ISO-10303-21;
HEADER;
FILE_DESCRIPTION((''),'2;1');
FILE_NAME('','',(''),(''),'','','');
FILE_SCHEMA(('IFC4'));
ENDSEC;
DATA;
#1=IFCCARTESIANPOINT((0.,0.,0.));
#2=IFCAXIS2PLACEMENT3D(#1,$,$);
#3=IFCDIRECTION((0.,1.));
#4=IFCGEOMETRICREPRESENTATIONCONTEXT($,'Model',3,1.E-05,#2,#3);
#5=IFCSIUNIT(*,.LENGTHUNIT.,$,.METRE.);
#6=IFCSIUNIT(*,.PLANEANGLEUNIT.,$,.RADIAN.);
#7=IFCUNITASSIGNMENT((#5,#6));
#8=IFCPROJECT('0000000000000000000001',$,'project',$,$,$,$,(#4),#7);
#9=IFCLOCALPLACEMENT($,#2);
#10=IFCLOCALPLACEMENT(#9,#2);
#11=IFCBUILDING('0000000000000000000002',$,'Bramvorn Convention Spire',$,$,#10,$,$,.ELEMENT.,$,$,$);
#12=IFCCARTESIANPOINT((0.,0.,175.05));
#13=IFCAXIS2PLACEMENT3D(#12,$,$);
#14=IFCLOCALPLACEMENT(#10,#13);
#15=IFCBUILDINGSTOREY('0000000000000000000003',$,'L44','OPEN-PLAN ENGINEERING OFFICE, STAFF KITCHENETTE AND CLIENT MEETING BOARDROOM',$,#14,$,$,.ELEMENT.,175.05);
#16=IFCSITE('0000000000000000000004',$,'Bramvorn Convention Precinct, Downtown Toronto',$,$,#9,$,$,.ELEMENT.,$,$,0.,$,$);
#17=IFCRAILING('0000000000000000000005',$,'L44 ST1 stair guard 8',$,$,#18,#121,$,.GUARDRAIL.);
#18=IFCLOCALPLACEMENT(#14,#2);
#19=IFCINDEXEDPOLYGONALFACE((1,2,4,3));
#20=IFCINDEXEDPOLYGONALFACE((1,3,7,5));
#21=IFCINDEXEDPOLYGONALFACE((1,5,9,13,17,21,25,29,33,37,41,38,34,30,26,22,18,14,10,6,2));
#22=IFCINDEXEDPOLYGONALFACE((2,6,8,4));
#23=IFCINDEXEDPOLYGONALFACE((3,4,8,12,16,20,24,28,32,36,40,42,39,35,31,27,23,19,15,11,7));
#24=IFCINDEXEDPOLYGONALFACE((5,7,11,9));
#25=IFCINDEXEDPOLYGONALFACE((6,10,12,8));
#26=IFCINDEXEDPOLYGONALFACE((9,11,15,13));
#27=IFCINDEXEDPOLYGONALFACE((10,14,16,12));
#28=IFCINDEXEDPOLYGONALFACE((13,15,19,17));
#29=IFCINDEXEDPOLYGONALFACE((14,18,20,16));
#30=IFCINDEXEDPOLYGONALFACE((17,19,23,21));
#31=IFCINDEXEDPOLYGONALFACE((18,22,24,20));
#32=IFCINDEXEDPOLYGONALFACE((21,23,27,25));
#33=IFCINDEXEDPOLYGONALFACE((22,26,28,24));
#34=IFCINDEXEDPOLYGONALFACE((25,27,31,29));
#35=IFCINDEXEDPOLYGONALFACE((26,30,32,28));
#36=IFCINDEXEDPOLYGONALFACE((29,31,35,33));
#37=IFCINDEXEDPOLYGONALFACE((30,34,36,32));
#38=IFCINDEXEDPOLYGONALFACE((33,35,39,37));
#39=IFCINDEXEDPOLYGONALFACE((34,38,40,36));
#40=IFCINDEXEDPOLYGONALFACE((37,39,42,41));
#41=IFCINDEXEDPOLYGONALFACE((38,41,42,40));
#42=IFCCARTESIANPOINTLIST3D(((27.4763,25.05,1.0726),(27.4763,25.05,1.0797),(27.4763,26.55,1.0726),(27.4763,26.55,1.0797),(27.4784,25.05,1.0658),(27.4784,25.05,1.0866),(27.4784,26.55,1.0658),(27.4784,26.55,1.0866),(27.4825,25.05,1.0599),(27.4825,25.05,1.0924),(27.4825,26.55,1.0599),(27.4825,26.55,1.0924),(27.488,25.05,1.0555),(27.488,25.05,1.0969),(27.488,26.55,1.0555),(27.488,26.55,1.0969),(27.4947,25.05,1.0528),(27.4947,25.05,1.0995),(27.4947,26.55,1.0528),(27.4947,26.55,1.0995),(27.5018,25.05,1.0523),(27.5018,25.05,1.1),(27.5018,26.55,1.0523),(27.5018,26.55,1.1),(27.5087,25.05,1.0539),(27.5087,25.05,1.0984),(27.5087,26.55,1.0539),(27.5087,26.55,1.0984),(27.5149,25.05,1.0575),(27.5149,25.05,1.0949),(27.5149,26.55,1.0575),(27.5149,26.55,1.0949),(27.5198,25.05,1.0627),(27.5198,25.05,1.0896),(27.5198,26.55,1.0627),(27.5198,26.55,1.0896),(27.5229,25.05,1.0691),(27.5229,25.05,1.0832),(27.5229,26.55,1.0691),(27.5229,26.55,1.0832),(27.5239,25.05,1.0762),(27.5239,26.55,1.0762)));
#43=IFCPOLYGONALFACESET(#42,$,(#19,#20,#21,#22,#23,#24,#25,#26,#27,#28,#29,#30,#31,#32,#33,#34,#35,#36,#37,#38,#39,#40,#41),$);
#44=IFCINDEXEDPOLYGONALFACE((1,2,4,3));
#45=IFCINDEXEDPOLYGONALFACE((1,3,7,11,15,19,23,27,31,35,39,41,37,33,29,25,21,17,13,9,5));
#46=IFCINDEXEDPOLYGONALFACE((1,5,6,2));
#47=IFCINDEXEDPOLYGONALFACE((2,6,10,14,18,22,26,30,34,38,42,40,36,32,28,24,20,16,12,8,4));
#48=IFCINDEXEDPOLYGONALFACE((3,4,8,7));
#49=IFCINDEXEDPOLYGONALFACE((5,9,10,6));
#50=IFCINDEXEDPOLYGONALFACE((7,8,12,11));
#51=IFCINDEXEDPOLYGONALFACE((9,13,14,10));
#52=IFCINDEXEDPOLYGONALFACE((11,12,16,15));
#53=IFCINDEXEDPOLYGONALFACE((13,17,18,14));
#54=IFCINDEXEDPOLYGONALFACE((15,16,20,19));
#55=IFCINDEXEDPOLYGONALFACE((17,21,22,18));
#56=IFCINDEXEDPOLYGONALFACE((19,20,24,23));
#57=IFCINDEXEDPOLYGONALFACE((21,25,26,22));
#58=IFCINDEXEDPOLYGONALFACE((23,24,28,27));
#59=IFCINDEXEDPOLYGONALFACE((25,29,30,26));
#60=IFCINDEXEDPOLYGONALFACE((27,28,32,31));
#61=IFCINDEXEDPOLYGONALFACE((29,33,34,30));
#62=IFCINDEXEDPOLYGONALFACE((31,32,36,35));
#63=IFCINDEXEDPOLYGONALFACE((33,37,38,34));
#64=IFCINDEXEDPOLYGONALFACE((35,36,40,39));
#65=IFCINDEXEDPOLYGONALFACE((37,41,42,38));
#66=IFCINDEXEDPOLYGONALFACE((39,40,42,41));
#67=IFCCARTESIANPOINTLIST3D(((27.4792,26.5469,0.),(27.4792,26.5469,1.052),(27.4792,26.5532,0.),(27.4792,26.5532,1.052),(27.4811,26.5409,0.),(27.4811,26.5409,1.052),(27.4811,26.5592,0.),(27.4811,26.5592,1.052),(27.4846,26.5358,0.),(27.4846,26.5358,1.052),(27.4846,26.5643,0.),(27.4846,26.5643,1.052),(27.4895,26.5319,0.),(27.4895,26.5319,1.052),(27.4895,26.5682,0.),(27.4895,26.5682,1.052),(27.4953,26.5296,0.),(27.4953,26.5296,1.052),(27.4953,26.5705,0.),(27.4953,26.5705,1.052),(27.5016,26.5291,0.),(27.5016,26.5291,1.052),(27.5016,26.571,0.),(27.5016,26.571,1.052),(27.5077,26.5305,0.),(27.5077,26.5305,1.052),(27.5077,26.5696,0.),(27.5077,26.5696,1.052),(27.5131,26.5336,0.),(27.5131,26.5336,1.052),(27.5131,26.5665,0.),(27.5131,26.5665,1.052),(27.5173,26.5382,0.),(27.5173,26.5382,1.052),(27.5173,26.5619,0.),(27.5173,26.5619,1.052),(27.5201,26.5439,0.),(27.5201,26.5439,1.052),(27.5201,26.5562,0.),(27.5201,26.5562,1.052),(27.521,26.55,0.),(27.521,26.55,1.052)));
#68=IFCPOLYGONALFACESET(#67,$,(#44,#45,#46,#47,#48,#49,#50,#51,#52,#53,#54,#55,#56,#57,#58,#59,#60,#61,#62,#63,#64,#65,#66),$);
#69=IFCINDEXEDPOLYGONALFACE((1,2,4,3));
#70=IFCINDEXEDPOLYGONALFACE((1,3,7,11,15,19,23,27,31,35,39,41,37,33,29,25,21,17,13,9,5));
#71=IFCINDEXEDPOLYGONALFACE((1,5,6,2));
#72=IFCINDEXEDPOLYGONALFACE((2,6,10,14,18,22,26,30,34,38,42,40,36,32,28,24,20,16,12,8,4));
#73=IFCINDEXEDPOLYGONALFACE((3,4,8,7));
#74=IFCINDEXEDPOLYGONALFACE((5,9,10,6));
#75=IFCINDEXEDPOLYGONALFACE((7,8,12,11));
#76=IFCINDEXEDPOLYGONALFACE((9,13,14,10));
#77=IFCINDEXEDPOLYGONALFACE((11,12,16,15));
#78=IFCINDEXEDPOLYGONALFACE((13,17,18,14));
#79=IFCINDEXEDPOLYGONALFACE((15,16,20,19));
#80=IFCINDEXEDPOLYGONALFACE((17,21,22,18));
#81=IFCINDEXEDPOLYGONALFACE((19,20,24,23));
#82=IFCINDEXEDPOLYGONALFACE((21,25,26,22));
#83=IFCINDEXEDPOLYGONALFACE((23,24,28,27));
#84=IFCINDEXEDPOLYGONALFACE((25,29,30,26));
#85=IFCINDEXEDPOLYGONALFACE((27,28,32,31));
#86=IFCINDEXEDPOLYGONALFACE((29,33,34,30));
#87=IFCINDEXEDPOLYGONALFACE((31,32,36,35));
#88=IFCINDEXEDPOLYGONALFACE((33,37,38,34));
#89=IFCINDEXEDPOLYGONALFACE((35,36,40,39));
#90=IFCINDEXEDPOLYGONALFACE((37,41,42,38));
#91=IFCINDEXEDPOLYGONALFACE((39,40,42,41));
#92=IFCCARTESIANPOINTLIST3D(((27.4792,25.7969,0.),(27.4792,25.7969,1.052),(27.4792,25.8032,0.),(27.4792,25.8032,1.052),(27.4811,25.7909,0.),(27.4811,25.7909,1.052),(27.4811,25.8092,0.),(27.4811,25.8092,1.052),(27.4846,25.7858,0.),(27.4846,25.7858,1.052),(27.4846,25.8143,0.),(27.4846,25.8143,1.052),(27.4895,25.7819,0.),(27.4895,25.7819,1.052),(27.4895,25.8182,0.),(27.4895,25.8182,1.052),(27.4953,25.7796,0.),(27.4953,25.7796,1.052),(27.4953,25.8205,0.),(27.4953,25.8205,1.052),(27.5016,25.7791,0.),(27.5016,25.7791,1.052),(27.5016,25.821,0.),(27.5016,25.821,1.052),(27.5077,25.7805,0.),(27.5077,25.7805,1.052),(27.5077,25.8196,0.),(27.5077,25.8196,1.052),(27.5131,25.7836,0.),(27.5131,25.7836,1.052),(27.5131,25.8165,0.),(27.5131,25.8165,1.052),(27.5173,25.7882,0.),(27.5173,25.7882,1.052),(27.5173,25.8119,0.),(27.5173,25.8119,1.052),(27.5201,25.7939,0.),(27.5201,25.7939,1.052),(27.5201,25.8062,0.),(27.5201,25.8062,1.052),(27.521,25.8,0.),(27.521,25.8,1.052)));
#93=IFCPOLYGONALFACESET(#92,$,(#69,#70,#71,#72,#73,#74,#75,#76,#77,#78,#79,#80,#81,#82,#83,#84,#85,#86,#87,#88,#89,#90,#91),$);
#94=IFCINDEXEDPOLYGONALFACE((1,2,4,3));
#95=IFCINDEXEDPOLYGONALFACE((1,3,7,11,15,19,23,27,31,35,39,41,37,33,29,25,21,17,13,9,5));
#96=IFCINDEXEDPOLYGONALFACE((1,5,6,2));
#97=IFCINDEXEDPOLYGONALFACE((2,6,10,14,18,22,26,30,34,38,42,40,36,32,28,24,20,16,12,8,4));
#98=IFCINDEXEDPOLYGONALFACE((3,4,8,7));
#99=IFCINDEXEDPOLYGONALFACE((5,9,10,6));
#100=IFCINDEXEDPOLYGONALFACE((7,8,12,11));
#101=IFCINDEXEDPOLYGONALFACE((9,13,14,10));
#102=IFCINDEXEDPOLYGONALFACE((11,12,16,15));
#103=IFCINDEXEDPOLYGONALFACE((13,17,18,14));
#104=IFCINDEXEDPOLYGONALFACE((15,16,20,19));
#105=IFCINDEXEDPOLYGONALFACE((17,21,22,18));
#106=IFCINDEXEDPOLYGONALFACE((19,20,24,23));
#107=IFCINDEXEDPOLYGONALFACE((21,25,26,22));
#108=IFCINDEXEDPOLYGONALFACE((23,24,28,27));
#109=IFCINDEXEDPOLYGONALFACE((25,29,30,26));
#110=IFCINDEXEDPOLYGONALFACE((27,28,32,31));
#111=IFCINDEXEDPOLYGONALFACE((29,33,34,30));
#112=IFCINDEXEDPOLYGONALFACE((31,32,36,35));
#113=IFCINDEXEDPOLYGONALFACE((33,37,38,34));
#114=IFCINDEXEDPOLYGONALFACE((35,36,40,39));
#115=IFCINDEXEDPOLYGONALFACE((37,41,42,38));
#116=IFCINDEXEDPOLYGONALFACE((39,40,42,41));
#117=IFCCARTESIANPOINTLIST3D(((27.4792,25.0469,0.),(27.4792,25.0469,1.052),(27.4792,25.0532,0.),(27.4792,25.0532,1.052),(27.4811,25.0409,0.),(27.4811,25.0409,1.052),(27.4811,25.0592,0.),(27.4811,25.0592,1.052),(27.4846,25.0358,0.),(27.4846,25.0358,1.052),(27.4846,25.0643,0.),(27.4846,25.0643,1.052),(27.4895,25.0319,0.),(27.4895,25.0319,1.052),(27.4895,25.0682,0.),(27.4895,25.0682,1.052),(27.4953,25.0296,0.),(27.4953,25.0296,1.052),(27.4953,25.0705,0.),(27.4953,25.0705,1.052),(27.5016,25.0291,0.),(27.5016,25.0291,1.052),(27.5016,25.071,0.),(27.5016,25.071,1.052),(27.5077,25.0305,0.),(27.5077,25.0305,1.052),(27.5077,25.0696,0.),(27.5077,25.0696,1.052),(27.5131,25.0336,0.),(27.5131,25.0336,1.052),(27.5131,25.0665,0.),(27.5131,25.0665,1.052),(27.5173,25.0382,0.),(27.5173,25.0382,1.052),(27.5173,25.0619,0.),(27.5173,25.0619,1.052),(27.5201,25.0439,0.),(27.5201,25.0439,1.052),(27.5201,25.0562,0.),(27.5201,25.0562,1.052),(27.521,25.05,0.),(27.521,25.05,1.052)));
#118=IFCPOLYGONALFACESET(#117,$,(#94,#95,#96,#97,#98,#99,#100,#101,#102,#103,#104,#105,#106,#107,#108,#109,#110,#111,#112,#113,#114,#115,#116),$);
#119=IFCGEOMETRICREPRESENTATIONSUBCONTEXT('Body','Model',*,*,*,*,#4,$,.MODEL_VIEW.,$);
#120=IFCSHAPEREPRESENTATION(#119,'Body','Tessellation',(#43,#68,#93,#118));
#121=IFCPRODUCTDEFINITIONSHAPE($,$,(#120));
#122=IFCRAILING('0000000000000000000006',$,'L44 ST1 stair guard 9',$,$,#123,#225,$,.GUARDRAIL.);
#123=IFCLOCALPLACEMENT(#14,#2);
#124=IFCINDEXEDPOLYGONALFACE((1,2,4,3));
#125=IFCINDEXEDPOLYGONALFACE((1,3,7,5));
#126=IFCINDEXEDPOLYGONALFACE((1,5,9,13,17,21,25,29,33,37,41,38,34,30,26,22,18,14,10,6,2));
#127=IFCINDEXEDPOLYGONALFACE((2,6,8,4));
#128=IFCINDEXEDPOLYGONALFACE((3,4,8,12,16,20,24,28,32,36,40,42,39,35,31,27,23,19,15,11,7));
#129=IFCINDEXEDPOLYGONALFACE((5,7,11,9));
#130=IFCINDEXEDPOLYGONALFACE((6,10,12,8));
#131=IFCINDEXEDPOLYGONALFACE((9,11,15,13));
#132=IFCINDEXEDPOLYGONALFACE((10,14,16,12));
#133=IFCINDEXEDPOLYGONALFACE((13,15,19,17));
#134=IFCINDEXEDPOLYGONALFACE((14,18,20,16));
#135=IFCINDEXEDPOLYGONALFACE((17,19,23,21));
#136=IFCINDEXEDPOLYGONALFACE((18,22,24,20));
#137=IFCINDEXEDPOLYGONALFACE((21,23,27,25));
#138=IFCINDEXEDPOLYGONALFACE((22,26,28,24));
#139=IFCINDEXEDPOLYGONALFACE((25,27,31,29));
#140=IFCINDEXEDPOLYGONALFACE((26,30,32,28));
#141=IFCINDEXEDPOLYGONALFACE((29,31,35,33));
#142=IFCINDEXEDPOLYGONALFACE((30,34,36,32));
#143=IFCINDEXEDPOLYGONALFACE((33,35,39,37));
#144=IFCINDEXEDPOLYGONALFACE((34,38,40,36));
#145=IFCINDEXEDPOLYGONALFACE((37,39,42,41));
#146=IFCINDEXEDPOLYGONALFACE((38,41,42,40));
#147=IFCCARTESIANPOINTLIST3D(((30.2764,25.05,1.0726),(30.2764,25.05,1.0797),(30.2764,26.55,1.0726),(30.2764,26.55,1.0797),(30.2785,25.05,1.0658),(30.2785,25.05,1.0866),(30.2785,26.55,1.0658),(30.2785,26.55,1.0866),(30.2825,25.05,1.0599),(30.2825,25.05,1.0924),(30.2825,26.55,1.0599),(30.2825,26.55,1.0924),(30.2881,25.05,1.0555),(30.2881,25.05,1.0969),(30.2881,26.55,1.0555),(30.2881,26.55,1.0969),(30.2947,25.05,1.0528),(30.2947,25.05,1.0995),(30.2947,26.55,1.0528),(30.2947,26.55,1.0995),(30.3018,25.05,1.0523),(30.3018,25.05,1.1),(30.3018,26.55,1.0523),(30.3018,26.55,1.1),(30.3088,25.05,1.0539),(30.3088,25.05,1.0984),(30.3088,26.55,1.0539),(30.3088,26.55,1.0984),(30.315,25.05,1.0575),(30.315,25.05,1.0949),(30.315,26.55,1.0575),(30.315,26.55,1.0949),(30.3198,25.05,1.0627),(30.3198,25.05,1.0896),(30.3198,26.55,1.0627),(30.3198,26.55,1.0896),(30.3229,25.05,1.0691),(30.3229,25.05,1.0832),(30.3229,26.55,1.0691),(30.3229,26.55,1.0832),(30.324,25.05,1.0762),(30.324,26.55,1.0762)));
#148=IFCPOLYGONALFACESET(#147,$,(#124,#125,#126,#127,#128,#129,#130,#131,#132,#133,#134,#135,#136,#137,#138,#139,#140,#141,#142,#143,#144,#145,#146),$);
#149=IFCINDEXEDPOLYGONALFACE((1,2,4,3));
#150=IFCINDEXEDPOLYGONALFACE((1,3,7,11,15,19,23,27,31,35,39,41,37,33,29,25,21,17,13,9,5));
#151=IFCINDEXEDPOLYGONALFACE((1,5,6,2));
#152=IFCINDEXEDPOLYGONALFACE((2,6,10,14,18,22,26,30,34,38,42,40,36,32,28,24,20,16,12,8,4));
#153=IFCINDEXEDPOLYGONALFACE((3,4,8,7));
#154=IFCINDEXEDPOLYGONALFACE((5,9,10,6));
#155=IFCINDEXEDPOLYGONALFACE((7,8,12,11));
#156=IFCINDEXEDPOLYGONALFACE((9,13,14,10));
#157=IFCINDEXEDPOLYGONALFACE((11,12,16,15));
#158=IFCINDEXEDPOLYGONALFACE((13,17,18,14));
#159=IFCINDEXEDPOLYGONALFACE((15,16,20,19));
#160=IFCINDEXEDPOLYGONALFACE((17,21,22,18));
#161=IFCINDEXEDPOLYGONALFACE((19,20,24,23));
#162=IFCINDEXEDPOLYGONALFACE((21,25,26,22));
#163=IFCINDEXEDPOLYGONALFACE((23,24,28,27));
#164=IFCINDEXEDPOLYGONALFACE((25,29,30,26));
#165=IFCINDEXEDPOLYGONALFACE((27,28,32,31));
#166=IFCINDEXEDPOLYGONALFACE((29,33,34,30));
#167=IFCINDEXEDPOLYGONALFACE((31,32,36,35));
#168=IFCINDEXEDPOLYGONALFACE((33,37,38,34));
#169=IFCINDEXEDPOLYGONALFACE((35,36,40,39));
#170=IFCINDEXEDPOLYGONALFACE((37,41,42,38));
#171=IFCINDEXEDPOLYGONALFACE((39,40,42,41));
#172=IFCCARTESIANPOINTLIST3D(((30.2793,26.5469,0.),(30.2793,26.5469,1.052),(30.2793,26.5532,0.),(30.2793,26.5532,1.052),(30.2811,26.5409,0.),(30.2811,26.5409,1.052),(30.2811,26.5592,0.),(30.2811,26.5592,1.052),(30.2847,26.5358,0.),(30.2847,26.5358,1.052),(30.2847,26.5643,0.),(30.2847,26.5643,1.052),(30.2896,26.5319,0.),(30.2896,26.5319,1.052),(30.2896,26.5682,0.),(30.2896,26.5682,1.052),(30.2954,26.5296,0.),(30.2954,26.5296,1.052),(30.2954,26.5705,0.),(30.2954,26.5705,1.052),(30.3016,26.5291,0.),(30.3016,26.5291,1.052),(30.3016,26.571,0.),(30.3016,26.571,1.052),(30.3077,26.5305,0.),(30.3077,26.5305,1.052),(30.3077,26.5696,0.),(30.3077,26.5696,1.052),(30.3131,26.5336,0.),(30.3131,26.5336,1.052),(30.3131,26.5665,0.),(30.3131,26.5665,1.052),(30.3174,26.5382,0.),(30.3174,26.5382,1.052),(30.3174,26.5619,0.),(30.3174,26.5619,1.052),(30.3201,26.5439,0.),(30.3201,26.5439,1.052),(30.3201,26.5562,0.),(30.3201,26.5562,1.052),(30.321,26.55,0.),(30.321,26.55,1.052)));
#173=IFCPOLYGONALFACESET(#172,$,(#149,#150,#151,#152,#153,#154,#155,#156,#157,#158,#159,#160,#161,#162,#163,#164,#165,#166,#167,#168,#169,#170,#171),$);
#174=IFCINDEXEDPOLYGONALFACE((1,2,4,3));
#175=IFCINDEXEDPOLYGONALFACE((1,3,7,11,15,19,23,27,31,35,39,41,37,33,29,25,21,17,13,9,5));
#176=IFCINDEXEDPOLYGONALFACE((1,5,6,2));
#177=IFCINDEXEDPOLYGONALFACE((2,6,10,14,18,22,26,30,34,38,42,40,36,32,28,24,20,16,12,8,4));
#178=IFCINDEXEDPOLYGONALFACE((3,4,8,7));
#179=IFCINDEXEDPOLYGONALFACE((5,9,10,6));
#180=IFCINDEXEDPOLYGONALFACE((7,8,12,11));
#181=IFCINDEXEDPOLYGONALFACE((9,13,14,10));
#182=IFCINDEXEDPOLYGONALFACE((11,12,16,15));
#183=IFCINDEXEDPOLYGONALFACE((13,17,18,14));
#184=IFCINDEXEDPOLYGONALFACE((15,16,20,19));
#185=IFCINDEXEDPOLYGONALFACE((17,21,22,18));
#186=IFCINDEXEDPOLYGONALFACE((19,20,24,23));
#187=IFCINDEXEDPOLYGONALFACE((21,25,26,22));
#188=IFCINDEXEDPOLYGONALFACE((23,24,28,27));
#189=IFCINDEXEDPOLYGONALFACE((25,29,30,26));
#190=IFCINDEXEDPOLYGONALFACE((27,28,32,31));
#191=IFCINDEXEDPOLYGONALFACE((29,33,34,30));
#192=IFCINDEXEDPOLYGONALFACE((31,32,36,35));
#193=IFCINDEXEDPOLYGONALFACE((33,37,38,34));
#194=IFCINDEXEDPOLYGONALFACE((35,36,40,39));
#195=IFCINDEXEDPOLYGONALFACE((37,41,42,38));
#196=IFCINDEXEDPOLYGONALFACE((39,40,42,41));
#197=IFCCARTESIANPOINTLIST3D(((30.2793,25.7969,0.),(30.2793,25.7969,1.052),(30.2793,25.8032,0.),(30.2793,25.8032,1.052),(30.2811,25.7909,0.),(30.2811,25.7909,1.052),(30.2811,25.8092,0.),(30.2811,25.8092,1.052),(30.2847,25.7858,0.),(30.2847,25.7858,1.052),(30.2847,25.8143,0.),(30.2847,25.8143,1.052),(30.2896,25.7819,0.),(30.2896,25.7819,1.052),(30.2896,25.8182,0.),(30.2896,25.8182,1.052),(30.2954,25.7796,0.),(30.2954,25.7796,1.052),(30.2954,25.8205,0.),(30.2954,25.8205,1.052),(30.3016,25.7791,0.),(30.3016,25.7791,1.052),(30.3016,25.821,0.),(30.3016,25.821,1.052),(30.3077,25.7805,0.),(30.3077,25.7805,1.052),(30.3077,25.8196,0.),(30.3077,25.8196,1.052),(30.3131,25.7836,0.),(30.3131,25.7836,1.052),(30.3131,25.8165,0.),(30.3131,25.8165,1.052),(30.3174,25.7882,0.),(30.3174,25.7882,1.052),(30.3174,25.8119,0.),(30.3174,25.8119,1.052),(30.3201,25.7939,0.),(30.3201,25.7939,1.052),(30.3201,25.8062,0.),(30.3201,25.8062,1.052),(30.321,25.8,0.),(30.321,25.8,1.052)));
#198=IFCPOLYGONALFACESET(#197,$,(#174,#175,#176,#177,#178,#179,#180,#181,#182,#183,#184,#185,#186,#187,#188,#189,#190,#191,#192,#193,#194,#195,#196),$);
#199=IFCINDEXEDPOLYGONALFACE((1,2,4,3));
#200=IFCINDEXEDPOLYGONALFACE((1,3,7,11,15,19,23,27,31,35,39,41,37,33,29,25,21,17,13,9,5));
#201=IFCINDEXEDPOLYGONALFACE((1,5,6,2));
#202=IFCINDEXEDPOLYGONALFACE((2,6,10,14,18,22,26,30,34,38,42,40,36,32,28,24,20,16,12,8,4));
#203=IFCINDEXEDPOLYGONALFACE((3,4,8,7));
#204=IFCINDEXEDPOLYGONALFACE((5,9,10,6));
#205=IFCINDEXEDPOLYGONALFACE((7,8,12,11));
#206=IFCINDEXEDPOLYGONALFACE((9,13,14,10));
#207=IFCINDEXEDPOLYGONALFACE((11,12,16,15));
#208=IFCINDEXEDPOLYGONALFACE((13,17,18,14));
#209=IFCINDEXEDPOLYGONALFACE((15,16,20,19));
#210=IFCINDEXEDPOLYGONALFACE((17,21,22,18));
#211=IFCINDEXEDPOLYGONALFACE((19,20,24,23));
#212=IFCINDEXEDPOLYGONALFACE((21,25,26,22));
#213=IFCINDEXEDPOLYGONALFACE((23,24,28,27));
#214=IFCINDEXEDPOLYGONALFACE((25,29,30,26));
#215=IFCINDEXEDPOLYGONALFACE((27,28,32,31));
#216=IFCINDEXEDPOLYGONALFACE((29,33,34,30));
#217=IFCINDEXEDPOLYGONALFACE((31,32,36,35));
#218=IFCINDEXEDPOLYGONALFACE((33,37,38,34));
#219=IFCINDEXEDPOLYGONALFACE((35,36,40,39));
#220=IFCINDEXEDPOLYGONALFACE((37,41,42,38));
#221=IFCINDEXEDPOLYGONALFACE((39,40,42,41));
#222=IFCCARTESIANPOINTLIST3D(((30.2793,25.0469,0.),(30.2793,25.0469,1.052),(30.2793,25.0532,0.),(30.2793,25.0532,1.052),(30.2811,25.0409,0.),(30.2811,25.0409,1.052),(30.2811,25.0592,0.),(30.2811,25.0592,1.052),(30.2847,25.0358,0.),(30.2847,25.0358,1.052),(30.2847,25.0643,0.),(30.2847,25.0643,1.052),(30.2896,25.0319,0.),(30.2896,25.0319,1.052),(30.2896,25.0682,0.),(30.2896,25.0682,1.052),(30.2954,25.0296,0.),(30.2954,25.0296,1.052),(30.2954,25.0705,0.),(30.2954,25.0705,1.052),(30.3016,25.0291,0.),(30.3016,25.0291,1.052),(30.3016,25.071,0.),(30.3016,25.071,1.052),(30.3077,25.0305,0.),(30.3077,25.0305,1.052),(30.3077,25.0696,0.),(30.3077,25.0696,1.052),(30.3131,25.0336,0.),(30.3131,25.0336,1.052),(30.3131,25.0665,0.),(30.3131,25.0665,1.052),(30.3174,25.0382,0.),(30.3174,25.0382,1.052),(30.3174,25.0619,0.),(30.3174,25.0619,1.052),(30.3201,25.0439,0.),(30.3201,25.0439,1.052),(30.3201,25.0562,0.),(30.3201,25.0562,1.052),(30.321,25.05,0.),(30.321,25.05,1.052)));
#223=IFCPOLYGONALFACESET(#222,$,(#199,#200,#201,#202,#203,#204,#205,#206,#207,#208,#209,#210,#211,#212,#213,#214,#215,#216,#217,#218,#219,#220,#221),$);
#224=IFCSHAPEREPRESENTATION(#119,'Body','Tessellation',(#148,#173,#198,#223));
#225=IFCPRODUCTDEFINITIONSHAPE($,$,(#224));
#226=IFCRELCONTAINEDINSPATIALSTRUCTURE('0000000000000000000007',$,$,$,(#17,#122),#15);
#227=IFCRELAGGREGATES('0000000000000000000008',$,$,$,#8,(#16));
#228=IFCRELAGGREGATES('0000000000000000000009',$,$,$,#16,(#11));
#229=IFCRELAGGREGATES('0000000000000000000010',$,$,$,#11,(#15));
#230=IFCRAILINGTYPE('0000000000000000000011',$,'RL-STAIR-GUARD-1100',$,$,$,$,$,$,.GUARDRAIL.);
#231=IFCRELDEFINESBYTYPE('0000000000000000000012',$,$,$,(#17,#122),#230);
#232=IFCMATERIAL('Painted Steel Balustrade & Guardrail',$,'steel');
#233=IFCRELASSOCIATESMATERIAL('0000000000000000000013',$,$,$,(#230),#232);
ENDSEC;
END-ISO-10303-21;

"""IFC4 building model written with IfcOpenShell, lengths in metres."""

from ifc_helpers import new_model, si_unit, direction, frame, origin, origin_2d, place, context, subcontext, project, spatial, circle, extrude, material, type_object, element, save


model = new_model("IFC4")

# Units and contexts
model_context = context("Model", 3, precision=1e-05, world=origin(), true_north=direction((0.0, 1.0)))
body_context = subcontext(model_context, "Body", "Model", "MODEL_VIEW")
ifc_project = project(units=[si_unit("LENGTHUNIT", "METRE"), si_unit("PLANEANGLEUNIT", "RADIAN")], contexts=[model_context])

# Site, building, storey
site_placement = place(None, origin())
site = spatial("IfcSite", under=ifc_project, at=site_placement, Name="Bramvorn Convention Precinct, Downtown Toronto", CompositionType="ELEMENT", RefElevation=0.0)
building_placement = place(site_placement, origin())
building = spatial("IfcBuilding", under=site, at=building_placement, Name="Bramvorn Convention Spire", CompositionType="ELEMENT")
storey_placement = place(building_placement, frame((0.0, 0.0, 175.05)))
storey = spatial("IfcBuildingStorey", under=building, at=storey_placement, Name="L44", Description="OPEN-PLAN ENGINEERING OFFICE, STAFF KITCHENETTE AND CLIENT MEETING BOARDROOM", CompositionType="ELEMENT", Elevation=175.05)

# Railings
ifc_material_1 = material(Name="Painted Steel Balustrade & Guardrail", Category="steel")
railing_type = type_object("IfcRailingType", Name="RL-STAIR-GUARD-1100", PredefinedType="GUARDRAIL", material=ifc_material_1)
for number, where, name in (
    (1, (27.5, 26.55, 0.0), "L44 ST1 stair guard 8"),
    (2, (30.3, 26.55, 0.0), "L44 ST1 stair guard 9"),
):
    element("IfcRailing", number, at=place(storey_placement, frame(where)), inside=storey, type_object=railing_type, Name=name, PredefinedType="GUARDRAIL", context=body_context, shape_type="SweptSolid", body=[
        extrude(circle(Radius=0.0239, at=origin_2d()), frame((0.0, 0.0, 1.0762), z_axis=(0.0, -1.0, 0.0), x_axis=(1.0, 0.0, 0.0)), (0.0, 0.0, 1.0), 1.5),
        extrude(circle(Radius=0.021, at=origin_2d()), origin(), (0.0, 0.0, 1.0), 1.052),
        extrude(circle(Radius=0.021, at=origin_2d()), frame((0.0, -0.75, 0.0)), (0.0, 0.0, 1.0), 1.052),
        extrude(circle(Radius=0.021, at=origin_2d()), frame((0.0, -1.5, 0.0)), (0.0, 0.0, 1.0), 1.052),
    ])

save(model, "model.ifc")
